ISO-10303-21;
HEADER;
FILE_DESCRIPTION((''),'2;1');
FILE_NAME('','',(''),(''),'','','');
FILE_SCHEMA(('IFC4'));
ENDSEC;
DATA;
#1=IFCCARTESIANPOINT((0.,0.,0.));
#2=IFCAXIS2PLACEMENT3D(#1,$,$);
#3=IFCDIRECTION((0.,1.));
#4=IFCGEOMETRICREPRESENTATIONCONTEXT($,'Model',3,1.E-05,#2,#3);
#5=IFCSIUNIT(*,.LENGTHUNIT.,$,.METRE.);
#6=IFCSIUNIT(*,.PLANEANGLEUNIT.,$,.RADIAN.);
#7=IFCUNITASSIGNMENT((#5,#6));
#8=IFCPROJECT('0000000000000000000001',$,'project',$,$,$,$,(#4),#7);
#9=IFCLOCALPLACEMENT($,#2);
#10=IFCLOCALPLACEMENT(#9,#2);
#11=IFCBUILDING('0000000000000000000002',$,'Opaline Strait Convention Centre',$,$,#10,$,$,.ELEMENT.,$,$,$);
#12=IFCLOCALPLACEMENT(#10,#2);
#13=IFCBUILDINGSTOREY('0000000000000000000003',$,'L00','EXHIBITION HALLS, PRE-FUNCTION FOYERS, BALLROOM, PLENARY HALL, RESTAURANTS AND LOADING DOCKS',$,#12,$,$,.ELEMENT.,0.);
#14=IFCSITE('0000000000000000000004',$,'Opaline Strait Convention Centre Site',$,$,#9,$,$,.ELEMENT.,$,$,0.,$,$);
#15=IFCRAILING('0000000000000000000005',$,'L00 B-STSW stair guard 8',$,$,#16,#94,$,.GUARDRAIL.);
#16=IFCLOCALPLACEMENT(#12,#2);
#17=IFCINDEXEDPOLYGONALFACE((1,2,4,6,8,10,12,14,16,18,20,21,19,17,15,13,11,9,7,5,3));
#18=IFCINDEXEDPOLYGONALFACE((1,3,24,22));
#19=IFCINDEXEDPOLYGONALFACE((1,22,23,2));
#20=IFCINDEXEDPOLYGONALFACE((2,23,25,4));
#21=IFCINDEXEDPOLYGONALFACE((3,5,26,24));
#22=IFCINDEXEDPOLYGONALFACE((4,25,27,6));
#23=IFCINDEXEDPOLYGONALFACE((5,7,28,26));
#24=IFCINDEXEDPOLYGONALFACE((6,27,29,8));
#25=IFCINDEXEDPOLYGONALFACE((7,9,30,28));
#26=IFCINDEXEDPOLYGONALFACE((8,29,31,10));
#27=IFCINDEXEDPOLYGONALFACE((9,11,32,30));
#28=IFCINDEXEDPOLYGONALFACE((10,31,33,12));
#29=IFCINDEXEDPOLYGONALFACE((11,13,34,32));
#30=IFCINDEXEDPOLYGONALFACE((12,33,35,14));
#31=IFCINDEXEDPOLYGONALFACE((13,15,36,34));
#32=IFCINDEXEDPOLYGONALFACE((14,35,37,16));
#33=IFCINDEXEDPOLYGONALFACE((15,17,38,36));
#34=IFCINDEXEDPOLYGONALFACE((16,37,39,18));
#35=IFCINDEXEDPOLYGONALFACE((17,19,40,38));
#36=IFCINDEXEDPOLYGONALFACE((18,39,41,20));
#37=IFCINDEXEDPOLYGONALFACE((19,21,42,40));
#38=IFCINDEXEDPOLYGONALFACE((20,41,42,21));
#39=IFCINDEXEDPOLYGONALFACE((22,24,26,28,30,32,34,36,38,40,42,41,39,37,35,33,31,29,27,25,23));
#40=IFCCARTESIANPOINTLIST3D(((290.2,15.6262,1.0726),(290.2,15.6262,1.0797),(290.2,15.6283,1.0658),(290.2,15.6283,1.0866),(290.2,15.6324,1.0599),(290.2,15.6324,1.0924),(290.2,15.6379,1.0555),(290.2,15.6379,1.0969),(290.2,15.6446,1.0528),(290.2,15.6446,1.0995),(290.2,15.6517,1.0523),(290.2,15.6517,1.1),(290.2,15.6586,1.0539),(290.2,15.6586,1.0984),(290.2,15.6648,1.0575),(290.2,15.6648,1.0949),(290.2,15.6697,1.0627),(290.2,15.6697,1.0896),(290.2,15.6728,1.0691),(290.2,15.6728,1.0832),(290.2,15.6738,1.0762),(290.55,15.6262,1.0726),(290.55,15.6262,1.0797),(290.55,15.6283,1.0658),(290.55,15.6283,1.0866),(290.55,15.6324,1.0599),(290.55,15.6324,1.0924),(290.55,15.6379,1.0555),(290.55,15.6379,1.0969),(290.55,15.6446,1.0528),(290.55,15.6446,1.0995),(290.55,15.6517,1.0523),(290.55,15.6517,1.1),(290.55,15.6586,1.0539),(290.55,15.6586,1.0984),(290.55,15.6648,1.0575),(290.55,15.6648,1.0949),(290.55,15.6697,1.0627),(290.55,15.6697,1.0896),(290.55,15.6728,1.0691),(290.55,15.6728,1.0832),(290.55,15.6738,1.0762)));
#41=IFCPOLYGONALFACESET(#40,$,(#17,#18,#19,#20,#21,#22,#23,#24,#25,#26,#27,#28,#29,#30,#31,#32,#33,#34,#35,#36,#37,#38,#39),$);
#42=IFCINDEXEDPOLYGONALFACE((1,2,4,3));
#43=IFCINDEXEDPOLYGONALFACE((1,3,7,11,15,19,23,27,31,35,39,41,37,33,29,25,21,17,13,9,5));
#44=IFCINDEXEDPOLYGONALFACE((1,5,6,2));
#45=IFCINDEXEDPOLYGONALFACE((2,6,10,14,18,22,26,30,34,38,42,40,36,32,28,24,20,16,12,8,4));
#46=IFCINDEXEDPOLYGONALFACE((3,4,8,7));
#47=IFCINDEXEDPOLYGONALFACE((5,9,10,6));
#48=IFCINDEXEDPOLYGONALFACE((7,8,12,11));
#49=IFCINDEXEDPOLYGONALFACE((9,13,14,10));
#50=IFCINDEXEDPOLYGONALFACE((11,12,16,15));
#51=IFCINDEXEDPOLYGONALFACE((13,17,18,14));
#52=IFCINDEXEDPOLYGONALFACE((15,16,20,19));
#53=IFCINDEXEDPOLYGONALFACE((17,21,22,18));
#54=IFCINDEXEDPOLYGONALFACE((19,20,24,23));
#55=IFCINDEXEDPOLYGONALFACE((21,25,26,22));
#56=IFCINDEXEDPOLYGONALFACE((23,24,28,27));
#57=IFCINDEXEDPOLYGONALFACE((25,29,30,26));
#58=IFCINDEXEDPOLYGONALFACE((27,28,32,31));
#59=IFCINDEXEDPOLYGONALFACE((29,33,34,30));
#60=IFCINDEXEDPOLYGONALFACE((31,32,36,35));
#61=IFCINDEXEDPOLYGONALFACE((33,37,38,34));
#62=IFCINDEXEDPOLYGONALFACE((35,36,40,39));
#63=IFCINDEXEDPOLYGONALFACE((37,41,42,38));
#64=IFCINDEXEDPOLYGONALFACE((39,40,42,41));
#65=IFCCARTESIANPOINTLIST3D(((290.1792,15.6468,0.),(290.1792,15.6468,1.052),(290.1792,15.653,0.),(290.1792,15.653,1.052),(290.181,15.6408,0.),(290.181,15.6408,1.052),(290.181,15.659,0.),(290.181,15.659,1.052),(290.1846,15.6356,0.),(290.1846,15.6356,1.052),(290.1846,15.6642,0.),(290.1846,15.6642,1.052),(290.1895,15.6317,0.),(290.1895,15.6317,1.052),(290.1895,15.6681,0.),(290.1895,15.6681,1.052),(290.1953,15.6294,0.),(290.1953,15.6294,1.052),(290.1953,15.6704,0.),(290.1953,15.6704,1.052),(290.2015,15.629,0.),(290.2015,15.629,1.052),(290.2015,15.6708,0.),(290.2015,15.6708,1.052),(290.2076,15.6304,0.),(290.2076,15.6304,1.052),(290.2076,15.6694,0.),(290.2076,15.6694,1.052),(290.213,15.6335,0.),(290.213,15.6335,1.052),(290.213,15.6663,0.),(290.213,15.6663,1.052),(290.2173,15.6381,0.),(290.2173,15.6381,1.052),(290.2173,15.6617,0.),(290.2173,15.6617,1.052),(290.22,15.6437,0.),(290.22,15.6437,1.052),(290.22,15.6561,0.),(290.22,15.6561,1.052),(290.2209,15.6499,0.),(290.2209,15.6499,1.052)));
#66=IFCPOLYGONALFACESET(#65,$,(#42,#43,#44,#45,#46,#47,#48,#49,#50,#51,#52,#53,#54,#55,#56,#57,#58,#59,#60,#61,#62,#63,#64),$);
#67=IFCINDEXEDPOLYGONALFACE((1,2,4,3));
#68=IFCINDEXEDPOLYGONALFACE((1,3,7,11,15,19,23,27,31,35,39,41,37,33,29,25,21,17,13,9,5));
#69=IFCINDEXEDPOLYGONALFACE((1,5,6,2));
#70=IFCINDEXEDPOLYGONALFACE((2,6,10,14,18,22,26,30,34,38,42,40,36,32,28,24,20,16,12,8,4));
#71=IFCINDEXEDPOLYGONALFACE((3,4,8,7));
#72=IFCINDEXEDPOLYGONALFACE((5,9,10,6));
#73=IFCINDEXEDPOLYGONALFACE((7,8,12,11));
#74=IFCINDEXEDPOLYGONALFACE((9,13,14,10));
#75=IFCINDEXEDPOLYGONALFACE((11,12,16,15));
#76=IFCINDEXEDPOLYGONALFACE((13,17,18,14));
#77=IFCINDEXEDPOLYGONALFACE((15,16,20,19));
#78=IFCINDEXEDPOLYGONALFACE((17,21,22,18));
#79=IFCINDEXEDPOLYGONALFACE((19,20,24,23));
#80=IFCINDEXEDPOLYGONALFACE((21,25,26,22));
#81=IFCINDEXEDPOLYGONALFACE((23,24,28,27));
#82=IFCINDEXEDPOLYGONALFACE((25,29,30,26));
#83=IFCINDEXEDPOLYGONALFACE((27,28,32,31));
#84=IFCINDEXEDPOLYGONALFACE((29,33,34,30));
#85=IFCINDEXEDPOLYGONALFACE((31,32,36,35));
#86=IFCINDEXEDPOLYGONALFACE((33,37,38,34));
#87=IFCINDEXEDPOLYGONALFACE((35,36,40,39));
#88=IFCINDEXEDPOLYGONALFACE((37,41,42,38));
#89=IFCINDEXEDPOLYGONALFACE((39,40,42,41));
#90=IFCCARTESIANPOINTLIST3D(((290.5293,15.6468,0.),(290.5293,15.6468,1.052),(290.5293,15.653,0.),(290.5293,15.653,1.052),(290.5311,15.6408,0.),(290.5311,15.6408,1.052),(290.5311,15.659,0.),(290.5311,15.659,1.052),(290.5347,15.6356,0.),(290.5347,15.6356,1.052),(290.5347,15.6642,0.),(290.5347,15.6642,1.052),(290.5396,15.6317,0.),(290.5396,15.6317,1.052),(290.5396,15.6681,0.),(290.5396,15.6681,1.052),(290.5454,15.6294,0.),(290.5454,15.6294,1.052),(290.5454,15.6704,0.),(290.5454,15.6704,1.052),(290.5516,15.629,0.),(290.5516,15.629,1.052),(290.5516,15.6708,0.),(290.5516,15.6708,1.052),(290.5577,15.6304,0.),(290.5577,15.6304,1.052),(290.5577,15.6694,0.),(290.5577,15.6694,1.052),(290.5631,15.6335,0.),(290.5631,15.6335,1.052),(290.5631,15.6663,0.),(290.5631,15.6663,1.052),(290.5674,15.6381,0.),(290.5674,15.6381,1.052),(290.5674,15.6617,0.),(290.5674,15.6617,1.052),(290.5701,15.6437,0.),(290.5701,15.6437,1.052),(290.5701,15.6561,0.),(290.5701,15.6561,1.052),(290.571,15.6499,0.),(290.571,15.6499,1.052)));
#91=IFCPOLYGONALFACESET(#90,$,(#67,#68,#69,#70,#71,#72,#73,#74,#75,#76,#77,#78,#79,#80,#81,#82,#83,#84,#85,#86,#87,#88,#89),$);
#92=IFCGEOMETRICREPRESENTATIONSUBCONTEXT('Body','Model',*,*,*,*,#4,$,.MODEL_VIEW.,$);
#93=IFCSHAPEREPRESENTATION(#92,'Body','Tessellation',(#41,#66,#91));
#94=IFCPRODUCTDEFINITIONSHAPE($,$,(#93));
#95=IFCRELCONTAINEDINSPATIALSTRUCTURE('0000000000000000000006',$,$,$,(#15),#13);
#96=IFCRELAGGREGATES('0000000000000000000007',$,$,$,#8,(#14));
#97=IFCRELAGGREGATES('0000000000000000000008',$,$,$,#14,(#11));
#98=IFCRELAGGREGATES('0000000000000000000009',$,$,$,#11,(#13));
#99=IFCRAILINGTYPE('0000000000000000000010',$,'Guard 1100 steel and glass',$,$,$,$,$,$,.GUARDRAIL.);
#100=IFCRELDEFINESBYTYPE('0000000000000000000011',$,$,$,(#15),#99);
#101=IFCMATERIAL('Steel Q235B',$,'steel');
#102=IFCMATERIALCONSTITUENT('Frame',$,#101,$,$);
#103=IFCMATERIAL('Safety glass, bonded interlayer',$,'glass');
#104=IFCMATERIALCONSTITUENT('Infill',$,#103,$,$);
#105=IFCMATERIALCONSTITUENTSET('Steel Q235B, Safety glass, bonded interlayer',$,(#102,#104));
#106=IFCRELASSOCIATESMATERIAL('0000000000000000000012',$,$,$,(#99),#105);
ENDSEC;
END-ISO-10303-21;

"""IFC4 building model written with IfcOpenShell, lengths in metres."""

from ifc_helpers import new_model, si_unit, direction, frame, origin, origin_2d, place, context, subcontext, project, spatial, circle, extrude, material, constituent, constituent_set, type_object, element, save


model = new_model("IFC4")

# Units and contexts
model_context = context("Model", 3, precision=1e-05, world=origin(), true_north=direction((0.0, 1.0)))
body_context = subcontext(model_context, "Body", "Model", "MODEL_VIEW")
ifc_project = project(units=[si_unit("LENGTHUNIT", "METRE"), si_unit("PLANEANGLEUNIT", "RADIAN")], contexts=[model_context])

# Site, building, storey
site_placement = place(None, origin())
site = spatial("IfcSite", under=ifc_project, at=site_placement, Name="Opaline Strait Convention Centre Site", CompositionType="ELEMENT", RefElevation=0.0)
building_placement = place(site_placement, origin())
building = spatial("IfcBuilding", under=site, at=building_placement, Name="Opaline Strait Convention Centre", CompositionType="ELEMENT")
storey_placement = place(building_placement, origin())
storey = spatial("IfcBuildingStorey", under=building, at=storey_placement, Name="L00", Description="EXHIBITION HALLS, PRE-FUNCTION FOYERS, BALLROOM, PLENARY HALL, RESTAURANTS AND LOADING DOCKS", CompositionType="ELEMENT", Elevation=0.0)

# Shared definitions
ifc_material_1 = material(Name="Steel Q235B", Category="steel")

# Railing
ifc_constituent_1 = constituent(ifc_material_1, Name="Frame")
ifc_material_2 = material(Name="Safety glass, bonded interlayer", Category="glass")
ifc_constituent_2 = constituent(ifc_material_2, Name="Infill")
ifc_constituent_set = constituent_set(constituents=[ifc_constituent_1, ifc_constituent_2], Name="Steel Q235B, Safety glass, bonded interlayer")
railing_type_1 = type_object("IfcRailingType", Name="Guard 1100 steel and glass", PredefinedType="GUARDRAIL", material=ifc_constituent_set)
railing_1_placement = place(storey_placement, frame((290.2, 15.6499, 0.0)))
element("IfcRailing", 1, at=railing_1_placement, inside=storey, type_object=railing_type_1, Name="L00 B-STSW stair guard 8", PredefinedType="GUARDRAIL", context=body_context, shape_type="SweptSolid", body=[
    extrude(circle(Radius=0.0239, at=origin_2d()), frame((0.0, 0.0, 1.0762), z_axis=(1.0, 0.0, 0.0), x_axis=(0.0, 1.0, 0.0)), (0.0, 0.0, 1.0), 0.3501),
    extrude(circle(Radius=0.021, at=origin_2d()), origin(), (0.0, 0.0, 1.0), 1.052),
    extrude(circle(Radius=0.021, at=origin_2d()), frame((0.3501, 0.0, 0.0)), (0.0, 0.0, 1.0), 1.052),
])

save(model, "model.ifc")
